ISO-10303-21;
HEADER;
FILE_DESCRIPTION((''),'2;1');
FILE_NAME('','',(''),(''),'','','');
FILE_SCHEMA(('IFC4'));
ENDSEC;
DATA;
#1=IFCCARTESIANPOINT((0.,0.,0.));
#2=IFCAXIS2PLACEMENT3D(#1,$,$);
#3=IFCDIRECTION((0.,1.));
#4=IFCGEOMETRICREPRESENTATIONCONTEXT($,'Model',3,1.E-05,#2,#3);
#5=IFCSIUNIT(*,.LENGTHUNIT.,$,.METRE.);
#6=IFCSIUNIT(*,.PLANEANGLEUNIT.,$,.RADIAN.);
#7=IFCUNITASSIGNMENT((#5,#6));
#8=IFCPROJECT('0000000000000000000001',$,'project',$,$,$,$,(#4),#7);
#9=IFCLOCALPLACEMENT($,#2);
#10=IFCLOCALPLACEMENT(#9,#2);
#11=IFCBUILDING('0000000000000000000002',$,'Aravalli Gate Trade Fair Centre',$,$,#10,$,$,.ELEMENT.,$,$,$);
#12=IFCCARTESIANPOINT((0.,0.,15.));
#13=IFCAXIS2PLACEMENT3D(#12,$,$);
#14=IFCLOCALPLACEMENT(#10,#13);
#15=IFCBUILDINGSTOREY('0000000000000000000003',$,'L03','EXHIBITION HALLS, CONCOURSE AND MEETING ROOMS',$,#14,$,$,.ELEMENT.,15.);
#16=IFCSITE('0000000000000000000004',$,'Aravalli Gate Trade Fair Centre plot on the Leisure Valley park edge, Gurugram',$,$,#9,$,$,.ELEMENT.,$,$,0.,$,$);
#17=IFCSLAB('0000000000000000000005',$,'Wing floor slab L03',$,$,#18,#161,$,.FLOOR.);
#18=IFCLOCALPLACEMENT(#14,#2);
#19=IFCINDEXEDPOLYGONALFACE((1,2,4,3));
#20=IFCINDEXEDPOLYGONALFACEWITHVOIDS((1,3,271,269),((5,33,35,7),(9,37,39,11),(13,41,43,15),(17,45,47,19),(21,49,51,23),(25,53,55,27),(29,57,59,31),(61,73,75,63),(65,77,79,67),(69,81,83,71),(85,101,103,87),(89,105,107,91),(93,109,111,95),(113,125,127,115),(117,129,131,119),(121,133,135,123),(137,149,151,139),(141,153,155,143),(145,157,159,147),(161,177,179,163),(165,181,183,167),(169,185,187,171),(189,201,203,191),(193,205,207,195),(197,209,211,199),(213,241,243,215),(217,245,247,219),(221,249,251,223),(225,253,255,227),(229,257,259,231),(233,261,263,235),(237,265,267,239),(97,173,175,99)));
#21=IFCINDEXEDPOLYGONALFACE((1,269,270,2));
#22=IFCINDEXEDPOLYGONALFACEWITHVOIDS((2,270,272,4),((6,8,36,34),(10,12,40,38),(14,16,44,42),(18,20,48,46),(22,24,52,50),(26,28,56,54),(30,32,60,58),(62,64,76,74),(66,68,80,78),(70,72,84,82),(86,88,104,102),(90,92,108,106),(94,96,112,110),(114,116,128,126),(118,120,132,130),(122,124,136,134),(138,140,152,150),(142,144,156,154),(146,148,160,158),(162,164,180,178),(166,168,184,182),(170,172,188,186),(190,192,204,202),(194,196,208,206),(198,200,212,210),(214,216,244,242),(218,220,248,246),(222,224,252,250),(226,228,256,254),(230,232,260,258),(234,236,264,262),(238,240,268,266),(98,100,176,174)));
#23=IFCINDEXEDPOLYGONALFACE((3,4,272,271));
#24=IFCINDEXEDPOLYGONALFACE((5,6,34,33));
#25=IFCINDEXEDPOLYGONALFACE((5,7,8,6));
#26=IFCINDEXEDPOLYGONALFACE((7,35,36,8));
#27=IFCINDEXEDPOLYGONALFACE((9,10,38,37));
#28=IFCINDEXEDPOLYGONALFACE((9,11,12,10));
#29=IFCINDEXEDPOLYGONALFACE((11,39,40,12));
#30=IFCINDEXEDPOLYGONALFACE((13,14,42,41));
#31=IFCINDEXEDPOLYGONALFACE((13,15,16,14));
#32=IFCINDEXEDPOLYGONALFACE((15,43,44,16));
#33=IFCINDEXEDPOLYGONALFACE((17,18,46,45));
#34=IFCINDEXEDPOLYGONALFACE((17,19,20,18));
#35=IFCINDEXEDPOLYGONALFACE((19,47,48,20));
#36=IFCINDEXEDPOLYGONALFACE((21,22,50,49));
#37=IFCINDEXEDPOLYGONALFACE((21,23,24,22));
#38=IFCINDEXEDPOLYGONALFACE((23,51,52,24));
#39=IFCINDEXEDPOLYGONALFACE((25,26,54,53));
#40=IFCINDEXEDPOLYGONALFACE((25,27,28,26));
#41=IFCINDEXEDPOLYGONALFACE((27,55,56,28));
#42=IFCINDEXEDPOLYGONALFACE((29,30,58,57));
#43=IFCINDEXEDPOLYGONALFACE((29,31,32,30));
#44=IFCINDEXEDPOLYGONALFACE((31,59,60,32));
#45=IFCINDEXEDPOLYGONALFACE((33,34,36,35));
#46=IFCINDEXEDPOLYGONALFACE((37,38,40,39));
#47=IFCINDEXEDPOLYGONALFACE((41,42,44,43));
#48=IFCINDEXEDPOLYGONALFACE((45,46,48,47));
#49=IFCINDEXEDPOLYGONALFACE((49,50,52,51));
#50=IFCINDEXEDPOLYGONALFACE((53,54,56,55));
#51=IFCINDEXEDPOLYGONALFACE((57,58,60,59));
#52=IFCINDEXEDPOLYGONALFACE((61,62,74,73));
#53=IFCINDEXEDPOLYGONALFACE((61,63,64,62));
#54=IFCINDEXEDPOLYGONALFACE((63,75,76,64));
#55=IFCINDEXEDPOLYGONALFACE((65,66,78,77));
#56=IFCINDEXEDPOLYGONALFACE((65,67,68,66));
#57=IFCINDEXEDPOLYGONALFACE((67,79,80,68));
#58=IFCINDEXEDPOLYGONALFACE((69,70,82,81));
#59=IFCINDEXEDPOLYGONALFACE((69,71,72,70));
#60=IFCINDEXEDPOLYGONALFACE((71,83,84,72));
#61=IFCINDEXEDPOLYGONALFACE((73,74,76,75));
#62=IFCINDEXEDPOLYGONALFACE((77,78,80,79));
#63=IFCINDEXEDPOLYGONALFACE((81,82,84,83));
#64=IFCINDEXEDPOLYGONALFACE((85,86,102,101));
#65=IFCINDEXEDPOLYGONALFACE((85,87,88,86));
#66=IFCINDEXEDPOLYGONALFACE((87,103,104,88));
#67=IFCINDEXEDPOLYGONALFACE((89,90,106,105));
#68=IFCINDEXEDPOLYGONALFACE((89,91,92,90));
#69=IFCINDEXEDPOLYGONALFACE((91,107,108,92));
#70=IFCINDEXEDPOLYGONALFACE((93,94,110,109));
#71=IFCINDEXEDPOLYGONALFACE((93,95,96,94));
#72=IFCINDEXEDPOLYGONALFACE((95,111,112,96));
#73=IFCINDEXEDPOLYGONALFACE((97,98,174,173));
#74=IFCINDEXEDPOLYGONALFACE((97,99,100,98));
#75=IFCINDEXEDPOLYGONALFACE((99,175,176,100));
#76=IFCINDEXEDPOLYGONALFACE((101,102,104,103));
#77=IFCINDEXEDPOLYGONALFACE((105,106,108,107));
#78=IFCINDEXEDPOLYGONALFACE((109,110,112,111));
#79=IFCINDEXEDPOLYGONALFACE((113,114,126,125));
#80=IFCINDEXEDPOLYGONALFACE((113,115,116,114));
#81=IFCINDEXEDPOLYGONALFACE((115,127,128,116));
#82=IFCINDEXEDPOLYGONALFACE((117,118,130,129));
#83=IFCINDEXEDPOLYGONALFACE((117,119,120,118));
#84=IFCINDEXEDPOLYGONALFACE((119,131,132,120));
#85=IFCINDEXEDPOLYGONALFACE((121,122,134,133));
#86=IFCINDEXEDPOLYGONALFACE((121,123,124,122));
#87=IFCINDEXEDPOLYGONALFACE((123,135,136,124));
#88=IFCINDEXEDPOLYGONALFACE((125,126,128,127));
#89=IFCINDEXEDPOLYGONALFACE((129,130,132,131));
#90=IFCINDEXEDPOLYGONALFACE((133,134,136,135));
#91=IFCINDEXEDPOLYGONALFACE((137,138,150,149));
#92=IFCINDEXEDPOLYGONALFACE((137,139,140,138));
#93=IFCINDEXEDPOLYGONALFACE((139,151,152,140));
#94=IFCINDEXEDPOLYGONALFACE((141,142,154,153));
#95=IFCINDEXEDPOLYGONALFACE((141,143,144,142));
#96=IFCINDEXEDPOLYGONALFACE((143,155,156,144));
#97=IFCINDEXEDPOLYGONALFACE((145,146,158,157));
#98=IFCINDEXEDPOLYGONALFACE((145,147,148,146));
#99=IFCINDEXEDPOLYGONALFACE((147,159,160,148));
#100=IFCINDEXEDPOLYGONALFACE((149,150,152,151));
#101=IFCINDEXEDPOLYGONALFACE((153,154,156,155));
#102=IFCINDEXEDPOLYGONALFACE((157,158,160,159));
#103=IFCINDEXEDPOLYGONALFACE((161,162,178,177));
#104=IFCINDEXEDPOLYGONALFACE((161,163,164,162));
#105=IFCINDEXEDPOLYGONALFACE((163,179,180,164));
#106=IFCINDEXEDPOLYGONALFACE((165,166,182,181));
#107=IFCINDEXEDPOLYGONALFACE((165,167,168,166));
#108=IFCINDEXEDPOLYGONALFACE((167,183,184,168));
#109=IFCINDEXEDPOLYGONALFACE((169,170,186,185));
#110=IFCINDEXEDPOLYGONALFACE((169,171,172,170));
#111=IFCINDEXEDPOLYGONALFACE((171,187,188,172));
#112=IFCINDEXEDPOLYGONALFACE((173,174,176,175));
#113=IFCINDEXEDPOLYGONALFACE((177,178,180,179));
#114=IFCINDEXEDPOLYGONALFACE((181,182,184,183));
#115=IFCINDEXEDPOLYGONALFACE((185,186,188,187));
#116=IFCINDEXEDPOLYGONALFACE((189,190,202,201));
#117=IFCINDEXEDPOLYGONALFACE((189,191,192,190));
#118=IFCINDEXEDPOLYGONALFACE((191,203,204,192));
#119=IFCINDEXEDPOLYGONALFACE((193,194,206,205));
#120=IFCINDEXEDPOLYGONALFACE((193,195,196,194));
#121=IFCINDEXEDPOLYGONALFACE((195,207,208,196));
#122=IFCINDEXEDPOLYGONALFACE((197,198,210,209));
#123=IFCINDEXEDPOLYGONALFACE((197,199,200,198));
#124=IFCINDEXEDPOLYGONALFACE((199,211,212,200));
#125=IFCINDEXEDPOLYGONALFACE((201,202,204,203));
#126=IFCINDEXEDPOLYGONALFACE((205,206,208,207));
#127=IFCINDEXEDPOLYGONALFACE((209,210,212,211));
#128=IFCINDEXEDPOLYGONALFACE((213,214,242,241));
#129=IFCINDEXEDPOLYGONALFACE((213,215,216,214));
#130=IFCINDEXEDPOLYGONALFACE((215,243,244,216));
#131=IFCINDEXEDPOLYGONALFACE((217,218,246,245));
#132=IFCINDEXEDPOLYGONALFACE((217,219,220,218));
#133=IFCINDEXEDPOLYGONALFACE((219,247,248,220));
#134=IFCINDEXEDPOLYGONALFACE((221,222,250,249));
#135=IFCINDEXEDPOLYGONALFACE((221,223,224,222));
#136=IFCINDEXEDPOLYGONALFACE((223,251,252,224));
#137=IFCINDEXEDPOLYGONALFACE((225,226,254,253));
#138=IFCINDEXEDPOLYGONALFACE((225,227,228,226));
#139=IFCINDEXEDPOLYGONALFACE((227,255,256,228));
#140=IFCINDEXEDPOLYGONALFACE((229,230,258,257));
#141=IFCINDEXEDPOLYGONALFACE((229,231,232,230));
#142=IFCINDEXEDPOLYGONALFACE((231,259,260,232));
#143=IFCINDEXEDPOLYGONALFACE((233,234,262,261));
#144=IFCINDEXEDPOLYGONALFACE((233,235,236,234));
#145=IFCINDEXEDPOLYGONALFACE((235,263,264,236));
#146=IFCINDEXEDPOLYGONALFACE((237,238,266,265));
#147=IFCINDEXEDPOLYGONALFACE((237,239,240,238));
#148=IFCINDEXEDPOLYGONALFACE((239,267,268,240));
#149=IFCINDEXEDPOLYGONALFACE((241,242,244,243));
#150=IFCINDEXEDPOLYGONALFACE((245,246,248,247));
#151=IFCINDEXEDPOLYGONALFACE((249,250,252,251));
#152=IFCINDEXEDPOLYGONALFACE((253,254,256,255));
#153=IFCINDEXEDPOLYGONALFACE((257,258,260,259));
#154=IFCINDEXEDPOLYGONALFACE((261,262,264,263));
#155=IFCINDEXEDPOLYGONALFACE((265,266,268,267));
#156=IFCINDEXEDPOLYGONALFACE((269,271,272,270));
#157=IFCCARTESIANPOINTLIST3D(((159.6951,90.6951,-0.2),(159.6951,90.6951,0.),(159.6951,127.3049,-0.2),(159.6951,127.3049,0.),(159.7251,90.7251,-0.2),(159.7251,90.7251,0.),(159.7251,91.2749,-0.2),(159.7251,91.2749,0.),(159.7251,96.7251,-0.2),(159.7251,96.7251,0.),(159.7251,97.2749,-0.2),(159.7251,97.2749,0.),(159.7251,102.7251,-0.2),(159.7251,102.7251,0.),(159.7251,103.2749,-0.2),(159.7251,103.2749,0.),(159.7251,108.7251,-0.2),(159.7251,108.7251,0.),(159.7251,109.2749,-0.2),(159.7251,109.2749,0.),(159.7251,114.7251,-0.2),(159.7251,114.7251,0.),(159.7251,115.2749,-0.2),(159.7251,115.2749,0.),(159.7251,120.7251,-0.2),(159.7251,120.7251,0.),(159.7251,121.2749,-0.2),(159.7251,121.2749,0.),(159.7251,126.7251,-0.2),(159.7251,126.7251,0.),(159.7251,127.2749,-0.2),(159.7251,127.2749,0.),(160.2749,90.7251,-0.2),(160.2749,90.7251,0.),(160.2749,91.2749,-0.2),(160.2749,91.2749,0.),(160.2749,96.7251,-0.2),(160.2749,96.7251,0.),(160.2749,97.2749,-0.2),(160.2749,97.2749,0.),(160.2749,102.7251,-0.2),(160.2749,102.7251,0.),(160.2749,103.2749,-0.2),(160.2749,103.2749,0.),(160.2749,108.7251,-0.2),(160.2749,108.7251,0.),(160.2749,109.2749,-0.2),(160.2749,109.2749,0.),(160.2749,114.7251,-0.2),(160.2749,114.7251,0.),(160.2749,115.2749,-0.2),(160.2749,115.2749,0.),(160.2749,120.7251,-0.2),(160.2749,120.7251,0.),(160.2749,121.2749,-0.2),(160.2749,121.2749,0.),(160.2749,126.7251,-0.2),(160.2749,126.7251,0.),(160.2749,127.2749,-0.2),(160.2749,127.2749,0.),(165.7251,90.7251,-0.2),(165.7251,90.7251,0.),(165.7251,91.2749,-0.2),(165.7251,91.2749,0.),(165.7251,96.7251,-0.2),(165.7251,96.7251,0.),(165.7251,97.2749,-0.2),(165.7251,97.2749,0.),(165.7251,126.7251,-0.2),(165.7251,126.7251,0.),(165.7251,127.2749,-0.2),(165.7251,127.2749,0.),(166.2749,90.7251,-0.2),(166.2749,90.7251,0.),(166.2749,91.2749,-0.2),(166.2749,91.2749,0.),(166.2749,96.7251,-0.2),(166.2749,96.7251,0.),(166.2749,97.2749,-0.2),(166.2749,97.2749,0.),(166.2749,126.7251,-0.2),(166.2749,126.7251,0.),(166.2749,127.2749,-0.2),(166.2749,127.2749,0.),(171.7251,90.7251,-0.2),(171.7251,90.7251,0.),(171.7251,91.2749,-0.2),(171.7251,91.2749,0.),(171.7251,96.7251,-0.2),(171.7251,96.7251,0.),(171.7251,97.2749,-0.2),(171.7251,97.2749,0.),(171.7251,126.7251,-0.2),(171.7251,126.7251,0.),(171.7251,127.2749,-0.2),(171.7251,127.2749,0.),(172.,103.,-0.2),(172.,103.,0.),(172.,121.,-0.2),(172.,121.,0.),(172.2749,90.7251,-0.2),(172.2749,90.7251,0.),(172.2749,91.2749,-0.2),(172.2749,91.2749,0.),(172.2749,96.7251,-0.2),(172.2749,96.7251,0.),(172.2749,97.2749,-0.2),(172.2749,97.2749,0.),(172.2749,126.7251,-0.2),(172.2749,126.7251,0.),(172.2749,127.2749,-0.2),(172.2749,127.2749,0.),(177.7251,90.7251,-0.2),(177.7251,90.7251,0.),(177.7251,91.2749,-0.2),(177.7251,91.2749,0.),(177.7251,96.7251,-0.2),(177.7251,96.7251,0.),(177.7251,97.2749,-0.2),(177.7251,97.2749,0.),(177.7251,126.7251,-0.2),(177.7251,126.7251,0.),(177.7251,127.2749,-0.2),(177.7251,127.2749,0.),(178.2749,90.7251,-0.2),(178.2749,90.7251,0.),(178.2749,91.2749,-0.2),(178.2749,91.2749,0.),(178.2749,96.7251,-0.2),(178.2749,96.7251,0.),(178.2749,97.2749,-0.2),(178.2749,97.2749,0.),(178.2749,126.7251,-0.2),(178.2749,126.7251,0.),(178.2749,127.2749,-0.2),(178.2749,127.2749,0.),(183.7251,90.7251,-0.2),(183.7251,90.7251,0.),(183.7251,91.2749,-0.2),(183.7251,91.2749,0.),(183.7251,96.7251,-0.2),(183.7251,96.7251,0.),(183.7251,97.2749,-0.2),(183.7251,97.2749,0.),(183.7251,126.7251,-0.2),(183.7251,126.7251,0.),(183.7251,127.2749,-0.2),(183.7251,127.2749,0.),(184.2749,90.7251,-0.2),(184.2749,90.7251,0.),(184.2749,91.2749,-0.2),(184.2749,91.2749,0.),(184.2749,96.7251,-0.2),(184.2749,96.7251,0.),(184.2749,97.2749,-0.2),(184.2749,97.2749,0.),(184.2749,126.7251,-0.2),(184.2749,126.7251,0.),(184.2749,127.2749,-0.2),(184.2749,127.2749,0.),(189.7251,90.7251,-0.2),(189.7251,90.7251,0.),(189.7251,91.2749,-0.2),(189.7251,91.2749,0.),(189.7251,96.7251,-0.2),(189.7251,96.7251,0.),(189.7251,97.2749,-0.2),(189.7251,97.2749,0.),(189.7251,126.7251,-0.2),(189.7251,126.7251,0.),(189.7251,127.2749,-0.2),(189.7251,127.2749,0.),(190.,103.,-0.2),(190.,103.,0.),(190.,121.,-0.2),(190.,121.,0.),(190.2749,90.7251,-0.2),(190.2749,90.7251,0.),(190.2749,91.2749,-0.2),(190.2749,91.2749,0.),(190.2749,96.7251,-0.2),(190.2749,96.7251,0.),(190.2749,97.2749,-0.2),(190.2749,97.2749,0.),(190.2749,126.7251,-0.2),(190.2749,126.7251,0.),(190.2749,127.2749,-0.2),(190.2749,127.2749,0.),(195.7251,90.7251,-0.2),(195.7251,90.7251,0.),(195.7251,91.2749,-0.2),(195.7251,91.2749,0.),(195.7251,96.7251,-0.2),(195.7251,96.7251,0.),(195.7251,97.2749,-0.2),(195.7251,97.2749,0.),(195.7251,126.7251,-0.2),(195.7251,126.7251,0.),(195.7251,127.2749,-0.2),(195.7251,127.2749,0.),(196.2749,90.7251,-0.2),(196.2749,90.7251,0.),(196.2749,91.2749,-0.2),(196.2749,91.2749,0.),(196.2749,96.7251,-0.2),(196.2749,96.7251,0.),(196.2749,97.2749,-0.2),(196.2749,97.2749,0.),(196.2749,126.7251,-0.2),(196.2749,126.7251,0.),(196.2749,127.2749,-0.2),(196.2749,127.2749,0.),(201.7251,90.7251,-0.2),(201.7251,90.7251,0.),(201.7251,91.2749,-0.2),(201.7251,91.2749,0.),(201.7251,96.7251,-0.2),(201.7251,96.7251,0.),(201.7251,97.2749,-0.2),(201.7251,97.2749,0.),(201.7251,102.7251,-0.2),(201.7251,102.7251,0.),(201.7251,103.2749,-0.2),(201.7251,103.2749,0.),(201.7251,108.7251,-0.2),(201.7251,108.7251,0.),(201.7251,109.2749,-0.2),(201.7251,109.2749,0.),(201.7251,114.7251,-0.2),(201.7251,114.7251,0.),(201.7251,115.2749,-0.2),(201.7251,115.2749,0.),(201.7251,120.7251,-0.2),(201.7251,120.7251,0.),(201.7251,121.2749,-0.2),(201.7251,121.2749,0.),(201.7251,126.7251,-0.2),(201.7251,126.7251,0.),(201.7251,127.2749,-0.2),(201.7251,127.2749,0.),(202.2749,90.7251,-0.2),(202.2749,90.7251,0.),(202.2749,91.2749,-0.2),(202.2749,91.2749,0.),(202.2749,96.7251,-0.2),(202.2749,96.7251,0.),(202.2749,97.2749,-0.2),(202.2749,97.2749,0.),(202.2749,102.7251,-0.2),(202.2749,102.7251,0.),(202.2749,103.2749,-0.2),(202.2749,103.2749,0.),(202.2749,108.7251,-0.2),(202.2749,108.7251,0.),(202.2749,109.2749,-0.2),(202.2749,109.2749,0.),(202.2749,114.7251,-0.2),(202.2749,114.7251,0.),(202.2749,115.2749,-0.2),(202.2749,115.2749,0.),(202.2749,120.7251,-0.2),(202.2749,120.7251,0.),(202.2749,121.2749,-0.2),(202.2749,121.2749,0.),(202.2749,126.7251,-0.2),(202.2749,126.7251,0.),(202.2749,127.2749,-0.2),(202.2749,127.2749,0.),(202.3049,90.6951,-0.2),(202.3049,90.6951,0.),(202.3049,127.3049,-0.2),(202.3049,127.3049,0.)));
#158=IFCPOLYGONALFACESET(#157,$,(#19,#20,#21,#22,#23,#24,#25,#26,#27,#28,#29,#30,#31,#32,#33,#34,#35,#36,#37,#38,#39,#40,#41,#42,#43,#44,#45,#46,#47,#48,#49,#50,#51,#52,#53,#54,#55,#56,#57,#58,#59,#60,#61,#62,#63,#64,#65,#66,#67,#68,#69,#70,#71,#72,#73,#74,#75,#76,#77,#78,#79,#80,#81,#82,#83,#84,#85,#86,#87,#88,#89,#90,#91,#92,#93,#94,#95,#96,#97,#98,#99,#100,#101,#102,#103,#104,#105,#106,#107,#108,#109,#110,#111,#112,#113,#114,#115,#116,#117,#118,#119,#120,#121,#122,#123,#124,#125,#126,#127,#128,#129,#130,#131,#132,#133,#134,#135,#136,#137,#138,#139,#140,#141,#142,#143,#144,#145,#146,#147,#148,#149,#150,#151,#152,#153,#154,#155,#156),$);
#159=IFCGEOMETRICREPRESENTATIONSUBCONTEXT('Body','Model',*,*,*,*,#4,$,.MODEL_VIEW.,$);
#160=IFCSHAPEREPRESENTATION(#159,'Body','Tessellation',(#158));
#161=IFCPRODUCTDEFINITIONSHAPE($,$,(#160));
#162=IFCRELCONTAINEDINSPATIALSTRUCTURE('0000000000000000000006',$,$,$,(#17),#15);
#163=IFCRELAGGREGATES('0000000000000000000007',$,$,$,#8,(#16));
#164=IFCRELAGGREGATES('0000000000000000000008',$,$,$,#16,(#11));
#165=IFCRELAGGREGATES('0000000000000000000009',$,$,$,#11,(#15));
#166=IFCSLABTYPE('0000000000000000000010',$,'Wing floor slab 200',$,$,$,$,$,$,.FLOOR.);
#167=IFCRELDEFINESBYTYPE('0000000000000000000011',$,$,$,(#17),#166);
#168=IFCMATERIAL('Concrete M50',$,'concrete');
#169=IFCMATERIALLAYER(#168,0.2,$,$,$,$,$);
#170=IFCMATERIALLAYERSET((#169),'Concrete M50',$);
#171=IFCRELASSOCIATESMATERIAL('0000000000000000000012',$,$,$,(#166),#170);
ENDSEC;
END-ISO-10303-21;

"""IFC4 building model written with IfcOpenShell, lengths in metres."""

from ifc_helpers import new_model, si_unit, direction, frame, origin, place, context, subcontext, project, spatial, polyline, outline, extrude, material, layer, layer_set, type_object, element, save


model = new_model("IFC4")

# Units and contexts
model_context = context("Model", 3, precision=1e-05, world=origin(), true_north=direction((0.0, 1.0)))
body_context = subcontext(model_context, "Body", "Model", "MODEL_VIEW")
ifc_project = project(units=[si_unit("LENGTHUNIT", "METRE"), si_unit("PLANEANGLEUNIT", "RADIAN")], contexts=[model_context])

# Site, building, storey
site_placement = place(None, origin())
site = spatial("IfcSite", under=ifc_project, at=site_placement, Name="Aravalli Gate Trade Fair Centre plot on the Leisure Valley park edge, Gurugram", CompositionType="ELEMENT", RefElevation=0.0)
building_placement = place(site_placement, origin())
building = spatial("IfcBuilding", under=site, at=building_placement, Name="Aravalli Gate Trade Fair Centre", CompositionType="ELEMENT")
storey_placement = place(building_placement, frame((0.0, 0.0, 15.0)))
storey = spatial("IfcBuildingStorey", under=building, at=storey_placement, Name="L03", Description="EXHIBITION HALLS, CONCOURSE AND MEETING ROOMS", CompositionType="ELEMENT", Elevation=15.0)

# Slab
ifc_material_1 = material(Name="Concrete M50", Category="concrete")
ifc_layer_1 = layer(ifc_material_1, 0.2)
ifc_layer_set_1 = layer_set([ifc_layer_1], Name="Concrete M50")
slab_type_1 = type_object("IfcSlabType", Name="Wing floor slab 200", PredefinedType="FLOOR", material=ifc_layer_set_1)
slab_1_placement = place(storey_placement, frame((0.0, 0.0, -0.2)))
element("IfcSlab", 1, at=slab_1_placement, inside=storey, type_object=slab_type_1, Name="Wing floor slab L03", PredefinedType="FLOOR", context=body_context, shape_type="SweptSolid", body=[
    extrude(outline(polyline([(159.6951, 127.3049), (202.3049, 127.3049), (202.3049, 90.6951), (159.6951, 90.6951), (159.6951, 127.3049)]), holes=[polyline([(178.2749, 91.2749), (177.7251, 91.2749), (177.7251, 90.7251), (178.2749, 90.7251), (178.2749, 91.2749)]), polyline([(172.2749, 91.2749), (171.7251, 91.2749), (171.7251, 90.7251), (172.2749, 90.7251), (172.2749, 91.2749)]), polyline([(166.2749, 91.2749), (165.7251, 91.2749), (165.7251, 90.7251), (166.2749, 90.7251), (166.2749, 91.2749)]), polyline([(160.2749, 90.7251), (160.2749, 91.2749), (159.7251, 91.2749), (159.7251, 90.7251), (160.2749, 90.7251)]), polyline([(166.2749, 96.7251), (166.2749, 97.2749), (165.7251, 97.2749), (165.7251, 96.7251), (166.2749, 96.7251)]), polyline([(178.2749, 97.2749), (177.7251, 97.2749), (177.7251, 96.7251), (178.2749, 96.7251), (178.2749, 97.2749)]), polyline([(172.2749, 97.2749), (171.7251, 97.2749), (171.7251, 96.7251), (172.2749, 96.7251), (172.2749, 97.2749)]), polyline([(160.2749, 97.2749), (159.7251, 97.2749), (159.7251, 96.7251), (160.2749, 96.7251), (160.2749, 97.2749)]), polyline([(160.2749, 102.7251), (160.2749, 103.2749), (159.7251, 103.2749), (159.7251, 102.7251), (160.2749, 102.7251)]), polyline([(160.2749, 108.7251), (160.2749, 109.2749), (159.7251, 109.2749), (159.7251, 108.7251), (160.2749, 108.7251)]), polyline([(160.2749, 115.2749), (159.7251, 115.2749), (159.7251, 114.7251), (160.2749, 114.7251), (160.2749, 115.2749)]), polyline([(160.2749, 121.2749), (159.7251, 121.2749), (159.7251, 120.7251), (160.2749, 120.7251), (160.2749, 121.2749)]), polyline([(160.2749, 127.2749), (159.7251, 127.2749), (159.7251, 126.7251), (160.2749, 126.7251), (160.2749, 127.2749)]), polyline([(166.2749, 126.7251), (166.2749, 127.2749), (165.7251, 127.2749), (165.7251, 126.7251), (166.2749, 126.7251)]), polyline([(172.2749, 126.7251), (172.2749, 127.2749), (171.7251, 127.2749), (171.7251, 126.7251), (172.2749, 126.7251)]), polyline([(178.2749, 127.2749), (177.7251, 127.2749), (177.7251, 126.7251), (178.2749, 126.7251), (178.2749, 127.2749)]), polyline([(202.2749, 91.2749), (201.7251, 91.2749), (201.7251, 90.7251), (202.2749, 90.7251), (202.2749, 91.2749)]), polyline([(196.2749, 91.2749), (195.7251, 91.2749), (195.7251, 90.7251), (196.2749, 90.7251), (196.2749, 91.2749)]), polyline([(184.2749, 91.2749), (183.7251, 91.2749), (183.7251, 90.7251), (184.2749, 90.7251), (184.2749, 91.2749)]), polyline([(190.2749, 90.7251), (190.2749, 91.2749), (189.7251, 91.2749), (189.7251, 90.7251), (190.2749, 90.7251)]), polyline([(196.2749, 96.7251), (196.2749, 97.2749), (195.7251, 97.2749), (195.7251, 96.7251), (196.2749, 96.7251)]), polyline([(190.2749, 97.2749), (189.7251, 97.2749), (189.7251, 96.7251), (190.2749, 96.7251), (190.2749, 97.2749)]), polyline([(202.2749, 97.2749), (201.7251, 97.2749), (201.7251, 96.7251), (202.2749, 96.7251), (202.2749, 97.2749)]), polyline([(184.2749, 97.2749), (183.7251, 97.2749), (183.7251, 96.7251), (184.2749, 96.7251), (184.2749, 97.2749)]), polyline([(202.2749, 102.7251), (202.2749, 103.2749), (201.7251, 103.2749), (201.7251, 102.7251), (202.2749, 102.7251)]), polyline([(202.2749, 108.7251), (202.2749, 109.2749), (201.7251, 109.2749), (201.7251, 108.7251), (202.2749, 108.7251)]), polyline([(202.2749, 115.2749), (201.7251, 115.2749), (201.7251, 114.7251), (202.2749, 114.7251), (202.2749, 115.2749)]), polyline([(202.2749, 121.2749), (201.7251, 121.2749), (201.7251, 120.7251), (202.2749, 120.7251), (202.2749, 121.2749)]), polyline([(190.2749, 127.2749), (189.7251, 127.2749), (189.7251, 126.7251), (190.2749, 126.7251), (190.2749, 127.2749)]), polyline([(196.2749, 126.7251), (196.2749, 127.2749), (195.7251, 127.2749), (195.7251, 126.7251), (196.2749, 126.7251)]), polyline([(184.2749, 126.7251), (184.2749, 127.2749), (183.7251, 127.2749), (183.7251, 126.7251), (184.2749, 126.7251)]), polyline([(202.2749, 127.2749), (201.7251, 127.2749), (201.7251, 126.7251), (202.2749, 126.7251), (202.2749, 127.2749)]), polyline([(190.0, 121.0), (172.0, 121.0), (172.0, 103.0), (190.0, 103.0), (190.0, 121.0)])]), origin(), (0.0, 0.0, 1.0), 0.2),
])

save(model, "model.ifc")
